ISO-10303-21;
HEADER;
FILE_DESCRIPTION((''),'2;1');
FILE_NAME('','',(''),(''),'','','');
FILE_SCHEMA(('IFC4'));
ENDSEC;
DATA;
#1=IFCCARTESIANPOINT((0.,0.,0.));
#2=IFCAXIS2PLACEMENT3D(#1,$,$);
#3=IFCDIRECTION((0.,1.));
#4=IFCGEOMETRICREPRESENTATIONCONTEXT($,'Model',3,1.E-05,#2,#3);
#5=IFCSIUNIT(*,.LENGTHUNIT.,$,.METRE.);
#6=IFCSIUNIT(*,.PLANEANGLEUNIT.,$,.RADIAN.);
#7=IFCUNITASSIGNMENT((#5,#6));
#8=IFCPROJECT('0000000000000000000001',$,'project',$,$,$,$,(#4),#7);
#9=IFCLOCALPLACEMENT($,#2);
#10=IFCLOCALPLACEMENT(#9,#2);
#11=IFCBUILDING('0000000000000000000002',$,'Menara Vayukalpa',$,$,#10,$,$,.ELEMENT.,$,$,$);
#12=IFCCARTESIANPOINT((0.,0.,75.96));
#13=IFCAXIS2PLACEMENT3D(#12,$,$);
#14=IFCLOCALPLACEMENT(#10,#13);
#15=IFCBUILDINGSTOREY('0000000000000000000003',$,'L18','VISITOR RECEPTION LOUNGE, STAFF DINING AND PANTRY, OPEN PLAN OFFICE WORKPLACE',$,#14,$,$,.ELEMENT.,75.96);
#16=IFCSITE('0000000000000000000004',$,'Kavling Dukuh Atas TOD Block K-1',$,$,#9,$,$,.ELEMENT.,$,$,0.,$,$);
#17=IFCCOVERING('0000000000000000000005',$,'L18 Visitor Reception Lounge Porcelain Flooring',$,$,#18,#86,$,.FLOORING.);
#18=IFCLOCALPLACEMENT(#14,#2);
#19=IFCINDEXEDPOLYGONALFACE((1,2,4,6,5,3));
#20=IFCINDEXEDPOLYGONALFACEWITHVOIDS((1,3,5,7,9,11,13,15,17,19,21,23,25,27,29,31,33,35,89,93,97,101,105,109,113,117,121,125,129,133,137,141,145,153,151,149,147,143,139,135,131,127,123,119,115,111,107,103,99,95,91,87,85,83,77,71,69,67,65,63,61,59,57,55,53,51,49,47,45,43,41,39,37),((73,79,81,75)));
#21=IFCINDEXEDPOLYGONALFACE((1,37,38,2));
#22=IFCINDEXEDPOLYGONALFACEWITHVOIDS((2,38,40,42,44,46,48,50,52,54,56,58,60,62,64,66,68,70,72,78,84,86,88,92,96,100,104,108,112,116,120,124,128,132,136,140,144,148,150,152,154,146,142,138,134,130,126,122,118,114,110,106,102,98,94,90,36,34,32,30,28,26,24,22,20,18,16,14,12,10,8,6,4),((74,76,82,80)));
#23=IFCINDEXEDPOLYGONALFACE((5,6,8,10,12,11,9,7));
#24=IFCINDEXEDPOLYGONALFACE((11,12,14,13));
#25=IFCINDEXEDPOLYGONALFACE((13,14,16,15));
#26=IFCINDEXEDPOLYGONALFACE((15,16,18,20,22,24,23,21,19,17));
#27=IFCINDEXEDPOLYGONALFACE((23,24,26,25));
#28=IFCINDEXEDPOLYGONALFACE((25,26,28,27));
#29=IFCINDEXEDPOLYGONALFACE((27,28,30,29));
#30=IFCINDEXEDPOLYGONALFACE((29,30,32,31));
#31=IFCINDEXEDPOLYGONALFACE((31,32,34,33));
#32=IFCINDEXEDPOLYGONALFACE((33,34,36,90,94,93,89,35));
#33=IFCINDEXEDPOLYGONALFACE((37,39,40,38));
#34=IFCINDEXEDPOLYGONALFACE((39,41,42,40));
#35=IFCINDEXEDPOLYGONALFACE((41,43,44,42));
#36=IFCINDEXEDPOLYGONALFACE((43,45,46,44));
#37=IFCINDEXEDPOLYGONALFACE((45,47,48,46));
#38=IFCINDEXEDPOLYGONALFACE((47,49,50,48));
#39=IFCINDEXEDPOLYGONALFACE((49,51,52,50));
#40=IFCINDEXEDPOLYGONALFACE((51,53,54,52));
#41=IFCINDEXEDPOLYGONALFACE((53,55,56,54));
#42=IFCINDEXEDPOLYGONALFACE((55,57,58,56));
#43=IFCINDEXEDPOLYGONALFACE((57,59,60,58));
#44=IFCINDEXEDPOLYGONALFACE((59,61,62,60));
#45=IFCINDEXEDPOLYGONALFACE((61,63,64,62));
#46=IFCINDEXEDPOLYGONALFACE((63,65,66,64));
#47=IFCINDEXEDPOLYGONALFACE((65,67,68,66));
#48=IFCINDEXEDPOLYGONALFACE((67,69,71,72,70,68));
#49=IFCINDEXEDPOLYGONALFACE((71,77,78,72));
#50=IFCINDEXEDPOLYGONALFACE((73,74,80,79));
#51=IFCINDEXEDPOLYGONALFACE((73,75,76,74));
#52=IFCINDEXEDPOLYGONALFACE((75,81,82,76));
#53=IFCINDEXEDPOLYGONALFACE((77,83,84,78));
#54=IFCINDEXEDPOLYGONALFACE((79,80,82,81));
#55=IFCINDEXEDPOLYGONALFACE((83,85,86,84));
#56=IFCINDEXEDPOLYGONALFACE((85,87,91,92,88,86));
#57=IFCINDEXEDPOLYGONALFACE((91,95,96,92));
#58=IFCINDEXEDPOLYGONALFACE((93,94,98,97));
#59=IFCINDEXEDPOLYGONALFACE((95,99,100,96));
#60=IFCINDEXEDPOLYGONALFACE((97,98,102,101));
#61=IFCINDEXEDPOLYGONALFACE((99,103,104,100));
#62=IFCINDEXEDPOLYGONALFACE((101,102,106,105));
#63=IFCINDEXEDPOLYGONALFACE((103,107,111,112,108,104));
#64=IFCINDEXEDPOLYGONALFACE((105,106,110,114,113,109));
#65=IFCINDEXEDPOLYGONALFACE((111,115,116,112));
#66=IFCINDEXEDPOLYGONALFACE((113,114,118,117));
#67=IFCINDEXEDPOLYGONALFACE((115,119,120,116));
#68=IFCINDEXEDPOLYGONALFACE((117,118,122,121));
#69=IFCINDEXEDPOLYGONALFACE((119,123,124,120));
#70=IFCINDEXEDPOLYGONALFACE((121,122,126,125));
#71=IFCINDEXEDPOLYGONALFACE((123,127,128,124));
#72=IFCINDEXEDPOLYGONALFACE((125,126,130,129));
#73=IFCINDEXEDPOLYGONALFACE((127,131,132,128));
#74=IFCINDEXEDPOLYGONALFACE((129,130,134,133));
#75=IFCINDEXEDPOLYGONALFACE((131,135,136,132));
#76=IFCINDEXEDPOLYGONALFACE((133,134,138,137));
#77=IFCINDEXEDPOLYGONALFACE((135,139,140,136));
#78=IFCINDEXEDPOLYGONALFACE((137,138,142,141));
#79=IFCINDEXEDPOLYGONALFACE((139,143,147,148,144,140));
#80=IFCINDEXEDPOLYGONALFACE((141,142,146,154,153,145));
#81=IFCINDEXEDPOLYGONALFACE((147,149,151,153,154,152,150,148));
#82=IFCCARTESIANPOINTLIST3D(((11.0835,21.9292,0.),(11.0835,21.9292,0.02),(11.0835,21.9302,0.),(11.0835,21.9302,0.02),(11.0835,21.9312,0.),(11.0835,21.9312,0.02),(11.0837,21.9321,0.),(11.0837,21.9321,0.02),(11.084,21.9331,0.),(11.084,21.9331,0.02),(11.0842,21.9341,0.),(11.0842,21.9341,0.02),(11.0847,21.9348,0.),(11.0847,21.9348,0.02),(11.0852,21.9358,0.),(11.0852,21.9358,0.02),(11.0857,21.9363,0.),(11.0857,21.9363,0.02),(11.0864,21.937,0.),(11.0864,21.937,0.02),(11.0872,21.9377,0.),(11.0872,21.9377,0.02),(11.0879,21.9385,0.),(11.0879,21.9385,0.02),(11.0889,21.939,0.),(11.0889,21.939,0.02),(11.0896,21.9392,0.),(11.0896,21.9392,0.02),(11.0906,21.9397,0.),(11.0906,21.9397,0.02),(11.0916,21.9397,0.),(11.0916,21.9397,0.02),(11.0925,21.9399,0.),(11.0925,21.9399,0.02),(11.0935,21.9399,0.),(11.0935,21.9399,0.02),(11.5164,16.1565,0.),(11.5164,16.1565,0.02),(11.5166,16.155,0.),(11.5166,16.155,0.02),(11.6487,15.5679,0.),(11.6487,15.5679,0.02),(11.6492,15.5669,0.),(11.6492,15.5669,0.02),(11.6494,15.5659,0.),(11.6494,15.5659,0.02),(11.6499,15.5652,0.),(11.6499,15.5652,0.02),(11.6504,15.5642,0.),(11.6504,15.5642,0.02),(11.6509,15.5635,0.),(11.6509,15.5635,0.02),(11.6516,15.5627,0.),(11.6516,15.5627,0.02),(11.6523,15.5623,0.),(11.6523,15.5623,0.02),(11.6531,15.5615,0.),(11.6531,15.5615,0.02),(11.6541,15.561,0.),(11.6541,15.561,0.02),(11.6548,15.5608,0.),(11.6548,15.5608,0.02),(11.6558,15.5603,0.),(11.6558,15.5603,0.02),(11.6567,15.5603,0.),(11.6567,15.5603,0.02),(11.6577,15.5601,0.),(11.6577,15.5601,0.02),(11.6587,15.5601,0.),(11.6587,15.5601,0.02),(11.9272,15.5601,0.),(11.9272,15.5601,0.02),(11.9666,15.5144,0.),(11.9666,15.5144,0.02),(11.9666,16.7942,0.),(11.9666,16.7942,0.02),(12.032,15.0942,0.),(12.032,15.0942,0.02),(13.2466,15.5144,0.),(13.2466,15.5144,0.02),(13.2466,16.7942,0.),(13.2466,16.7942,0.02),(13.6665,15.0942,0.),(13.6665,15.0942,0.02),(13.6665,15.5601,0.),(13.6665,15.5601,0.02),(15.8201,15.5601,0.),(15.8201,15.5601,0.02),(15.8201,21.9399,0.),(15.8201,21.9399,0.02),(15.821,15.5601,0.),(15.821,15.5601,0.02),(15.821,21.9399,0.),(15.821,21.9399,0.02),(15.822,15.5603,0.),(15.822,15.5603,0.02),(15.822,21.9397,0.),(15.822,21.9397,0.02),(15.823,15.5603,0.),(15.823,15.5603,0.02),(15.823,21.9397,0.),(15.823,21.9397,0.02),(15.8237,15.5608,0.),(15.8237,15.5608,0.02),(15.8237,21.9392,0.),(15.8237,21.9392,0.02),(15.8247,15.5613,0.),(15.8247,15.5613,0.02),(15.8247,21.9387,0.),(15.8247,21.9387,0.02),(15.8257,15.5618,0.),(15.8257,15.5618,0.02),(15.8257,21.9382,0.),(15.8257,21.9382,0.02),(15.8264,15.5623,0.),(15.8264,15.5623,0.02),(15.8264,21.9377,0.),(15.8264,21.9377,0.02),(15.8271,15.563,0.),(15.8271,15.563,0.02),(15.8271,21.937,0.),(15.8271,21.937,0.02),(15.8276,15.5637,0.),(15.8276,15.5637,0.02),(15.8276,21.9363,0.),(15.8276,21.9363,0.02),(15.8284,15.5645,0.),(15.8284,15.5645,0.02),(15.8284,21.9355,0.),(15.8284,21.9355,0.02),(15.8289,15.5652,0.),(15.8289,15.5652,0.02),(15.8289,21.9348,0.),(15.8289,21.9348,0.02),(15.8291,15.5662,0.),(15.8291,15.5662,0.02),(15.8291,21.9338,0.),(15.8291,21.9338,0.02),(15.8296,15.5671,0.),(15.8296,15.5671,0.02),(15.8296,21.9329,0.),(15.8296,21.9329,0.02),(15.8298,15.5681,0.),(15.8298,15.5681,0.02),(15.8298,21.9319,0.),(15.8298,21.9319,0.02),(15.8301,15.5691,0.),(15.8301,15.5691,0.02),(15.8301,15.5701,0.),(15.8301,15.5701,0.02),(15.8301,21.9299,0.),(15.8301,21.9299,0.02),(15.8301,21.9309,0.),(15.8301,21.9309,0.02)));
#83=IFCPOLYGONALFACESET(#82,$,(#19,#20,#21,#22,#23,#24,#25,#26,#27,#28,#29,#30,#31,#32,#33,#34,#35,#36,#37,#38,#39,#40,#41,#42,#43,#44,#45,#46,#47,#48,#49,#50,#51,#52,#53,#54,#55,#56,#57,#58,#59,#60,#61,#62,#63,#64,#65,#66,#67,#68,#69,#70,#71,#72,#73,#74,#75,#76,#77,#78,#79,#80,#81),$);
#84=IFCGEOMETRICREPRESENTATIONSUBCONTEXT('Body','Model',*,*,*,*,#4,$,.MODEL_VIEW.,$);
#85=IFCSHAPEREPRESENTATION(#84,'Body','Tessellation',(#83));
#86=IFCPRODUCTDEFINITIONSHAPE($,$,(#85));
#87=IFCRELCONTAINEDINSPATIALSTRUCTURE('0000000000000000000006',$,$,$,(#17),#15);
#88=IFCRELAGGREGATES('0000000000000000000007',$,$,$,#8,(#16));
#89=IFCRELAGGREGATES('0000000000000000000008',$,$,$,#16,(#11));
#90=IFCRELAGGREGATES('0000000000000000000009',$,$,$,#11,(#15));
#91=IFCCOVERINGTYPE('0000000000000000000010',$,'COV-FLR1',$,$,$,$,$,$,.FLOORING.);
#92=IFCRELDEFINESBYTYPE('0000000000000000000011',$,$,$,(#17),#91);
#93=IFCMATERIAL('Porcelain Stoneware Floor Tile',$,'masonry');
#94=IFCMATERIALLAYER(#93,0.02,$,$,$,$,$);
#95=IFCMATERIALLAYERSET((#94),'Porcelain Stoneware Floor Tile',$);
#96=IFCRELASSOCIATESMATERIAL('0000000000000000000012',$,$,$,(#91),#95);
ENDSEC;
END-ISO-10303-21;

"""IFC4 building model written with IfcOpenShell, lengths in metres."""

from ifc_helpers import new_model, si_unit, direction, frame, origin, place, context, subcontext, project, spatial, polyline, outline, extrude, material, layer, layer_set, type_object, element, save


model = new_model("IFC4")

# Units and contexts
model_context = context("Model", 3, precision=1e-05, world=origin(), true_north=direction((0.0, 1.0)))
body_context = subcontext(model_context, "Body", "Model", "MODEL_VIEW")
ifc_project = project(units=[si_unit("LENGTHUNIT", "METRE"), si_unit("PLANEANGLEUNIT", "RADIAN")], contexts=[model_context])

# Site, building, storey
site_placement = place(None, origin())
site = spatial("IfcSite", under=ifc_project, at=site_placement, Name="Kavling Dukuh Atas TOD Block K-1", CompositionType="ELEMENT", RefElevation=0.0)
building_placement = place(site_placement, origin())
building = spatial("IfcBuilding", under=site, at=building_placement, Name="Menara Vayukalpa", CompositionType="ELEMENT")
storey_placement = place(building_placement, frame((0.0, 0.0, 75.96)))
storey = spatial("IfcBuildingStorey", under=building, at=storey_placement, Name="L18", Description="VISITOR RECEPTION LOUNGE, STAFF DINING AND PANTRY, OPEN PLAN OFFICE WORKPLACE", CompositionType="ELEMENT", Elevation=75.96)

# Covering
ifc_material_1 = material(Name="Porcelain Stoneware Floor Tile", Category="masonry")
ifc_layer_1 = layer(ifc_material_1, 0.02)
ifc_layer_set_1 = layer_set([ifc_layer_1], Name="Porcelain Stoneware Floor Tile")
covering_type_1 = type_object("IfcCoveringType", Name="COV-FLR1", PredefinedType="FLOORING", material=ifc_layer_set_1)
covering_1_placement = place(storey_placement, origin())
element("IfcCovering", 1, at=covering_1_placement, inside=storey, type_object=covering_type_1, Name="L18 Visitor Reception Lounge Porcelain Flooring", PredefinedType="FLOORING", context=body_context, shape_type="SweptSolid", body=[
    extrude(outline(polyline([(11.6587, 15.5601), (11.6577, 15.5601), (11.6567, 15.5603), (11.6558, 15.5603), (11.6548, 15.5608), (11.6541, 15.561), (11.6531, 15.5615), (11.6523, 15.5623), (11.6516, 15.5627), (11.6509, 15.5635), (11.6504, 15.5642), (11.6499, 15.5652), (11.6494, 15.5659), (11.6492, 15.5669), (11.6487, 15.5679), (11.5166, 16.155), (11.5164, 16.1565), (11.0835, 21.9292), (11.0835, 21.9302), (11.0835, 21.9312), (11.0837, 21.9321), (11.084, 21.9331), (11.0842, 21.9341), (11.0847, 21.9348), (11.0852, 21.9358), (11.0857, 21.9363), (11.0864, 21.937), (11.0872, 21.9377), (11.0879, 21.9385), (11.0889, 21.939), (11.0896, 21.9392), (11.0906, 21.9397), (11.0916, 21.9397), (11.0925, 21.9399), (11.0935, 21.9399), (15.8201, 21.9399), (15.821, 21.9399), (15.822, 21.9397), (15.823, 21.9397), (15.8237, 21.9392), (15.8247, 21.9387), (15.8257, 21.9382), (15.8264, 21.9377), (15.8271, 21.937), (15.8276, 21.9363), (15.8284, 21.9355), (15.8289, 21.9348), (15.8291, 21.9338), (15.8296, 21.9329), (15.8298, 21.9319), (15.8301, 21.9309), (15.8301, 21.9299), (15.8301, 15.5701), (15.8301, 15.5691), (15.8298, 15.5681), (15.8296, 15.5671), (15.8291, 15.5662), (15.8289, 15.5652), (15.8284, 15.5645), (15.8276, 15.5637), (15.8271, 15.563), (15.8264, 15.5623), (15.8257, 15.5618), (15.8247, 15.5613), (15.8237, 15.5608), (15.823, 15.5603), (15.822, 15.5603), (15.821, 15.5601), (15.8201, 15.5601), (13.6665, 15.5601), (13.6665, 15.0942), (12.032, 15.0942), (11.9272, 15.5601), (11.6587, 15.5601)]), holes=[polyline([(13.2466, 16.7942), (11.9666, 16.7942), (11.9666, 15.5144), (13.2466, 15.5144), (13.2466, 16.7942)])]), origin(), (0.0, 0.0, 1.0), 0.02),
])

save(model, "model.ifc")
